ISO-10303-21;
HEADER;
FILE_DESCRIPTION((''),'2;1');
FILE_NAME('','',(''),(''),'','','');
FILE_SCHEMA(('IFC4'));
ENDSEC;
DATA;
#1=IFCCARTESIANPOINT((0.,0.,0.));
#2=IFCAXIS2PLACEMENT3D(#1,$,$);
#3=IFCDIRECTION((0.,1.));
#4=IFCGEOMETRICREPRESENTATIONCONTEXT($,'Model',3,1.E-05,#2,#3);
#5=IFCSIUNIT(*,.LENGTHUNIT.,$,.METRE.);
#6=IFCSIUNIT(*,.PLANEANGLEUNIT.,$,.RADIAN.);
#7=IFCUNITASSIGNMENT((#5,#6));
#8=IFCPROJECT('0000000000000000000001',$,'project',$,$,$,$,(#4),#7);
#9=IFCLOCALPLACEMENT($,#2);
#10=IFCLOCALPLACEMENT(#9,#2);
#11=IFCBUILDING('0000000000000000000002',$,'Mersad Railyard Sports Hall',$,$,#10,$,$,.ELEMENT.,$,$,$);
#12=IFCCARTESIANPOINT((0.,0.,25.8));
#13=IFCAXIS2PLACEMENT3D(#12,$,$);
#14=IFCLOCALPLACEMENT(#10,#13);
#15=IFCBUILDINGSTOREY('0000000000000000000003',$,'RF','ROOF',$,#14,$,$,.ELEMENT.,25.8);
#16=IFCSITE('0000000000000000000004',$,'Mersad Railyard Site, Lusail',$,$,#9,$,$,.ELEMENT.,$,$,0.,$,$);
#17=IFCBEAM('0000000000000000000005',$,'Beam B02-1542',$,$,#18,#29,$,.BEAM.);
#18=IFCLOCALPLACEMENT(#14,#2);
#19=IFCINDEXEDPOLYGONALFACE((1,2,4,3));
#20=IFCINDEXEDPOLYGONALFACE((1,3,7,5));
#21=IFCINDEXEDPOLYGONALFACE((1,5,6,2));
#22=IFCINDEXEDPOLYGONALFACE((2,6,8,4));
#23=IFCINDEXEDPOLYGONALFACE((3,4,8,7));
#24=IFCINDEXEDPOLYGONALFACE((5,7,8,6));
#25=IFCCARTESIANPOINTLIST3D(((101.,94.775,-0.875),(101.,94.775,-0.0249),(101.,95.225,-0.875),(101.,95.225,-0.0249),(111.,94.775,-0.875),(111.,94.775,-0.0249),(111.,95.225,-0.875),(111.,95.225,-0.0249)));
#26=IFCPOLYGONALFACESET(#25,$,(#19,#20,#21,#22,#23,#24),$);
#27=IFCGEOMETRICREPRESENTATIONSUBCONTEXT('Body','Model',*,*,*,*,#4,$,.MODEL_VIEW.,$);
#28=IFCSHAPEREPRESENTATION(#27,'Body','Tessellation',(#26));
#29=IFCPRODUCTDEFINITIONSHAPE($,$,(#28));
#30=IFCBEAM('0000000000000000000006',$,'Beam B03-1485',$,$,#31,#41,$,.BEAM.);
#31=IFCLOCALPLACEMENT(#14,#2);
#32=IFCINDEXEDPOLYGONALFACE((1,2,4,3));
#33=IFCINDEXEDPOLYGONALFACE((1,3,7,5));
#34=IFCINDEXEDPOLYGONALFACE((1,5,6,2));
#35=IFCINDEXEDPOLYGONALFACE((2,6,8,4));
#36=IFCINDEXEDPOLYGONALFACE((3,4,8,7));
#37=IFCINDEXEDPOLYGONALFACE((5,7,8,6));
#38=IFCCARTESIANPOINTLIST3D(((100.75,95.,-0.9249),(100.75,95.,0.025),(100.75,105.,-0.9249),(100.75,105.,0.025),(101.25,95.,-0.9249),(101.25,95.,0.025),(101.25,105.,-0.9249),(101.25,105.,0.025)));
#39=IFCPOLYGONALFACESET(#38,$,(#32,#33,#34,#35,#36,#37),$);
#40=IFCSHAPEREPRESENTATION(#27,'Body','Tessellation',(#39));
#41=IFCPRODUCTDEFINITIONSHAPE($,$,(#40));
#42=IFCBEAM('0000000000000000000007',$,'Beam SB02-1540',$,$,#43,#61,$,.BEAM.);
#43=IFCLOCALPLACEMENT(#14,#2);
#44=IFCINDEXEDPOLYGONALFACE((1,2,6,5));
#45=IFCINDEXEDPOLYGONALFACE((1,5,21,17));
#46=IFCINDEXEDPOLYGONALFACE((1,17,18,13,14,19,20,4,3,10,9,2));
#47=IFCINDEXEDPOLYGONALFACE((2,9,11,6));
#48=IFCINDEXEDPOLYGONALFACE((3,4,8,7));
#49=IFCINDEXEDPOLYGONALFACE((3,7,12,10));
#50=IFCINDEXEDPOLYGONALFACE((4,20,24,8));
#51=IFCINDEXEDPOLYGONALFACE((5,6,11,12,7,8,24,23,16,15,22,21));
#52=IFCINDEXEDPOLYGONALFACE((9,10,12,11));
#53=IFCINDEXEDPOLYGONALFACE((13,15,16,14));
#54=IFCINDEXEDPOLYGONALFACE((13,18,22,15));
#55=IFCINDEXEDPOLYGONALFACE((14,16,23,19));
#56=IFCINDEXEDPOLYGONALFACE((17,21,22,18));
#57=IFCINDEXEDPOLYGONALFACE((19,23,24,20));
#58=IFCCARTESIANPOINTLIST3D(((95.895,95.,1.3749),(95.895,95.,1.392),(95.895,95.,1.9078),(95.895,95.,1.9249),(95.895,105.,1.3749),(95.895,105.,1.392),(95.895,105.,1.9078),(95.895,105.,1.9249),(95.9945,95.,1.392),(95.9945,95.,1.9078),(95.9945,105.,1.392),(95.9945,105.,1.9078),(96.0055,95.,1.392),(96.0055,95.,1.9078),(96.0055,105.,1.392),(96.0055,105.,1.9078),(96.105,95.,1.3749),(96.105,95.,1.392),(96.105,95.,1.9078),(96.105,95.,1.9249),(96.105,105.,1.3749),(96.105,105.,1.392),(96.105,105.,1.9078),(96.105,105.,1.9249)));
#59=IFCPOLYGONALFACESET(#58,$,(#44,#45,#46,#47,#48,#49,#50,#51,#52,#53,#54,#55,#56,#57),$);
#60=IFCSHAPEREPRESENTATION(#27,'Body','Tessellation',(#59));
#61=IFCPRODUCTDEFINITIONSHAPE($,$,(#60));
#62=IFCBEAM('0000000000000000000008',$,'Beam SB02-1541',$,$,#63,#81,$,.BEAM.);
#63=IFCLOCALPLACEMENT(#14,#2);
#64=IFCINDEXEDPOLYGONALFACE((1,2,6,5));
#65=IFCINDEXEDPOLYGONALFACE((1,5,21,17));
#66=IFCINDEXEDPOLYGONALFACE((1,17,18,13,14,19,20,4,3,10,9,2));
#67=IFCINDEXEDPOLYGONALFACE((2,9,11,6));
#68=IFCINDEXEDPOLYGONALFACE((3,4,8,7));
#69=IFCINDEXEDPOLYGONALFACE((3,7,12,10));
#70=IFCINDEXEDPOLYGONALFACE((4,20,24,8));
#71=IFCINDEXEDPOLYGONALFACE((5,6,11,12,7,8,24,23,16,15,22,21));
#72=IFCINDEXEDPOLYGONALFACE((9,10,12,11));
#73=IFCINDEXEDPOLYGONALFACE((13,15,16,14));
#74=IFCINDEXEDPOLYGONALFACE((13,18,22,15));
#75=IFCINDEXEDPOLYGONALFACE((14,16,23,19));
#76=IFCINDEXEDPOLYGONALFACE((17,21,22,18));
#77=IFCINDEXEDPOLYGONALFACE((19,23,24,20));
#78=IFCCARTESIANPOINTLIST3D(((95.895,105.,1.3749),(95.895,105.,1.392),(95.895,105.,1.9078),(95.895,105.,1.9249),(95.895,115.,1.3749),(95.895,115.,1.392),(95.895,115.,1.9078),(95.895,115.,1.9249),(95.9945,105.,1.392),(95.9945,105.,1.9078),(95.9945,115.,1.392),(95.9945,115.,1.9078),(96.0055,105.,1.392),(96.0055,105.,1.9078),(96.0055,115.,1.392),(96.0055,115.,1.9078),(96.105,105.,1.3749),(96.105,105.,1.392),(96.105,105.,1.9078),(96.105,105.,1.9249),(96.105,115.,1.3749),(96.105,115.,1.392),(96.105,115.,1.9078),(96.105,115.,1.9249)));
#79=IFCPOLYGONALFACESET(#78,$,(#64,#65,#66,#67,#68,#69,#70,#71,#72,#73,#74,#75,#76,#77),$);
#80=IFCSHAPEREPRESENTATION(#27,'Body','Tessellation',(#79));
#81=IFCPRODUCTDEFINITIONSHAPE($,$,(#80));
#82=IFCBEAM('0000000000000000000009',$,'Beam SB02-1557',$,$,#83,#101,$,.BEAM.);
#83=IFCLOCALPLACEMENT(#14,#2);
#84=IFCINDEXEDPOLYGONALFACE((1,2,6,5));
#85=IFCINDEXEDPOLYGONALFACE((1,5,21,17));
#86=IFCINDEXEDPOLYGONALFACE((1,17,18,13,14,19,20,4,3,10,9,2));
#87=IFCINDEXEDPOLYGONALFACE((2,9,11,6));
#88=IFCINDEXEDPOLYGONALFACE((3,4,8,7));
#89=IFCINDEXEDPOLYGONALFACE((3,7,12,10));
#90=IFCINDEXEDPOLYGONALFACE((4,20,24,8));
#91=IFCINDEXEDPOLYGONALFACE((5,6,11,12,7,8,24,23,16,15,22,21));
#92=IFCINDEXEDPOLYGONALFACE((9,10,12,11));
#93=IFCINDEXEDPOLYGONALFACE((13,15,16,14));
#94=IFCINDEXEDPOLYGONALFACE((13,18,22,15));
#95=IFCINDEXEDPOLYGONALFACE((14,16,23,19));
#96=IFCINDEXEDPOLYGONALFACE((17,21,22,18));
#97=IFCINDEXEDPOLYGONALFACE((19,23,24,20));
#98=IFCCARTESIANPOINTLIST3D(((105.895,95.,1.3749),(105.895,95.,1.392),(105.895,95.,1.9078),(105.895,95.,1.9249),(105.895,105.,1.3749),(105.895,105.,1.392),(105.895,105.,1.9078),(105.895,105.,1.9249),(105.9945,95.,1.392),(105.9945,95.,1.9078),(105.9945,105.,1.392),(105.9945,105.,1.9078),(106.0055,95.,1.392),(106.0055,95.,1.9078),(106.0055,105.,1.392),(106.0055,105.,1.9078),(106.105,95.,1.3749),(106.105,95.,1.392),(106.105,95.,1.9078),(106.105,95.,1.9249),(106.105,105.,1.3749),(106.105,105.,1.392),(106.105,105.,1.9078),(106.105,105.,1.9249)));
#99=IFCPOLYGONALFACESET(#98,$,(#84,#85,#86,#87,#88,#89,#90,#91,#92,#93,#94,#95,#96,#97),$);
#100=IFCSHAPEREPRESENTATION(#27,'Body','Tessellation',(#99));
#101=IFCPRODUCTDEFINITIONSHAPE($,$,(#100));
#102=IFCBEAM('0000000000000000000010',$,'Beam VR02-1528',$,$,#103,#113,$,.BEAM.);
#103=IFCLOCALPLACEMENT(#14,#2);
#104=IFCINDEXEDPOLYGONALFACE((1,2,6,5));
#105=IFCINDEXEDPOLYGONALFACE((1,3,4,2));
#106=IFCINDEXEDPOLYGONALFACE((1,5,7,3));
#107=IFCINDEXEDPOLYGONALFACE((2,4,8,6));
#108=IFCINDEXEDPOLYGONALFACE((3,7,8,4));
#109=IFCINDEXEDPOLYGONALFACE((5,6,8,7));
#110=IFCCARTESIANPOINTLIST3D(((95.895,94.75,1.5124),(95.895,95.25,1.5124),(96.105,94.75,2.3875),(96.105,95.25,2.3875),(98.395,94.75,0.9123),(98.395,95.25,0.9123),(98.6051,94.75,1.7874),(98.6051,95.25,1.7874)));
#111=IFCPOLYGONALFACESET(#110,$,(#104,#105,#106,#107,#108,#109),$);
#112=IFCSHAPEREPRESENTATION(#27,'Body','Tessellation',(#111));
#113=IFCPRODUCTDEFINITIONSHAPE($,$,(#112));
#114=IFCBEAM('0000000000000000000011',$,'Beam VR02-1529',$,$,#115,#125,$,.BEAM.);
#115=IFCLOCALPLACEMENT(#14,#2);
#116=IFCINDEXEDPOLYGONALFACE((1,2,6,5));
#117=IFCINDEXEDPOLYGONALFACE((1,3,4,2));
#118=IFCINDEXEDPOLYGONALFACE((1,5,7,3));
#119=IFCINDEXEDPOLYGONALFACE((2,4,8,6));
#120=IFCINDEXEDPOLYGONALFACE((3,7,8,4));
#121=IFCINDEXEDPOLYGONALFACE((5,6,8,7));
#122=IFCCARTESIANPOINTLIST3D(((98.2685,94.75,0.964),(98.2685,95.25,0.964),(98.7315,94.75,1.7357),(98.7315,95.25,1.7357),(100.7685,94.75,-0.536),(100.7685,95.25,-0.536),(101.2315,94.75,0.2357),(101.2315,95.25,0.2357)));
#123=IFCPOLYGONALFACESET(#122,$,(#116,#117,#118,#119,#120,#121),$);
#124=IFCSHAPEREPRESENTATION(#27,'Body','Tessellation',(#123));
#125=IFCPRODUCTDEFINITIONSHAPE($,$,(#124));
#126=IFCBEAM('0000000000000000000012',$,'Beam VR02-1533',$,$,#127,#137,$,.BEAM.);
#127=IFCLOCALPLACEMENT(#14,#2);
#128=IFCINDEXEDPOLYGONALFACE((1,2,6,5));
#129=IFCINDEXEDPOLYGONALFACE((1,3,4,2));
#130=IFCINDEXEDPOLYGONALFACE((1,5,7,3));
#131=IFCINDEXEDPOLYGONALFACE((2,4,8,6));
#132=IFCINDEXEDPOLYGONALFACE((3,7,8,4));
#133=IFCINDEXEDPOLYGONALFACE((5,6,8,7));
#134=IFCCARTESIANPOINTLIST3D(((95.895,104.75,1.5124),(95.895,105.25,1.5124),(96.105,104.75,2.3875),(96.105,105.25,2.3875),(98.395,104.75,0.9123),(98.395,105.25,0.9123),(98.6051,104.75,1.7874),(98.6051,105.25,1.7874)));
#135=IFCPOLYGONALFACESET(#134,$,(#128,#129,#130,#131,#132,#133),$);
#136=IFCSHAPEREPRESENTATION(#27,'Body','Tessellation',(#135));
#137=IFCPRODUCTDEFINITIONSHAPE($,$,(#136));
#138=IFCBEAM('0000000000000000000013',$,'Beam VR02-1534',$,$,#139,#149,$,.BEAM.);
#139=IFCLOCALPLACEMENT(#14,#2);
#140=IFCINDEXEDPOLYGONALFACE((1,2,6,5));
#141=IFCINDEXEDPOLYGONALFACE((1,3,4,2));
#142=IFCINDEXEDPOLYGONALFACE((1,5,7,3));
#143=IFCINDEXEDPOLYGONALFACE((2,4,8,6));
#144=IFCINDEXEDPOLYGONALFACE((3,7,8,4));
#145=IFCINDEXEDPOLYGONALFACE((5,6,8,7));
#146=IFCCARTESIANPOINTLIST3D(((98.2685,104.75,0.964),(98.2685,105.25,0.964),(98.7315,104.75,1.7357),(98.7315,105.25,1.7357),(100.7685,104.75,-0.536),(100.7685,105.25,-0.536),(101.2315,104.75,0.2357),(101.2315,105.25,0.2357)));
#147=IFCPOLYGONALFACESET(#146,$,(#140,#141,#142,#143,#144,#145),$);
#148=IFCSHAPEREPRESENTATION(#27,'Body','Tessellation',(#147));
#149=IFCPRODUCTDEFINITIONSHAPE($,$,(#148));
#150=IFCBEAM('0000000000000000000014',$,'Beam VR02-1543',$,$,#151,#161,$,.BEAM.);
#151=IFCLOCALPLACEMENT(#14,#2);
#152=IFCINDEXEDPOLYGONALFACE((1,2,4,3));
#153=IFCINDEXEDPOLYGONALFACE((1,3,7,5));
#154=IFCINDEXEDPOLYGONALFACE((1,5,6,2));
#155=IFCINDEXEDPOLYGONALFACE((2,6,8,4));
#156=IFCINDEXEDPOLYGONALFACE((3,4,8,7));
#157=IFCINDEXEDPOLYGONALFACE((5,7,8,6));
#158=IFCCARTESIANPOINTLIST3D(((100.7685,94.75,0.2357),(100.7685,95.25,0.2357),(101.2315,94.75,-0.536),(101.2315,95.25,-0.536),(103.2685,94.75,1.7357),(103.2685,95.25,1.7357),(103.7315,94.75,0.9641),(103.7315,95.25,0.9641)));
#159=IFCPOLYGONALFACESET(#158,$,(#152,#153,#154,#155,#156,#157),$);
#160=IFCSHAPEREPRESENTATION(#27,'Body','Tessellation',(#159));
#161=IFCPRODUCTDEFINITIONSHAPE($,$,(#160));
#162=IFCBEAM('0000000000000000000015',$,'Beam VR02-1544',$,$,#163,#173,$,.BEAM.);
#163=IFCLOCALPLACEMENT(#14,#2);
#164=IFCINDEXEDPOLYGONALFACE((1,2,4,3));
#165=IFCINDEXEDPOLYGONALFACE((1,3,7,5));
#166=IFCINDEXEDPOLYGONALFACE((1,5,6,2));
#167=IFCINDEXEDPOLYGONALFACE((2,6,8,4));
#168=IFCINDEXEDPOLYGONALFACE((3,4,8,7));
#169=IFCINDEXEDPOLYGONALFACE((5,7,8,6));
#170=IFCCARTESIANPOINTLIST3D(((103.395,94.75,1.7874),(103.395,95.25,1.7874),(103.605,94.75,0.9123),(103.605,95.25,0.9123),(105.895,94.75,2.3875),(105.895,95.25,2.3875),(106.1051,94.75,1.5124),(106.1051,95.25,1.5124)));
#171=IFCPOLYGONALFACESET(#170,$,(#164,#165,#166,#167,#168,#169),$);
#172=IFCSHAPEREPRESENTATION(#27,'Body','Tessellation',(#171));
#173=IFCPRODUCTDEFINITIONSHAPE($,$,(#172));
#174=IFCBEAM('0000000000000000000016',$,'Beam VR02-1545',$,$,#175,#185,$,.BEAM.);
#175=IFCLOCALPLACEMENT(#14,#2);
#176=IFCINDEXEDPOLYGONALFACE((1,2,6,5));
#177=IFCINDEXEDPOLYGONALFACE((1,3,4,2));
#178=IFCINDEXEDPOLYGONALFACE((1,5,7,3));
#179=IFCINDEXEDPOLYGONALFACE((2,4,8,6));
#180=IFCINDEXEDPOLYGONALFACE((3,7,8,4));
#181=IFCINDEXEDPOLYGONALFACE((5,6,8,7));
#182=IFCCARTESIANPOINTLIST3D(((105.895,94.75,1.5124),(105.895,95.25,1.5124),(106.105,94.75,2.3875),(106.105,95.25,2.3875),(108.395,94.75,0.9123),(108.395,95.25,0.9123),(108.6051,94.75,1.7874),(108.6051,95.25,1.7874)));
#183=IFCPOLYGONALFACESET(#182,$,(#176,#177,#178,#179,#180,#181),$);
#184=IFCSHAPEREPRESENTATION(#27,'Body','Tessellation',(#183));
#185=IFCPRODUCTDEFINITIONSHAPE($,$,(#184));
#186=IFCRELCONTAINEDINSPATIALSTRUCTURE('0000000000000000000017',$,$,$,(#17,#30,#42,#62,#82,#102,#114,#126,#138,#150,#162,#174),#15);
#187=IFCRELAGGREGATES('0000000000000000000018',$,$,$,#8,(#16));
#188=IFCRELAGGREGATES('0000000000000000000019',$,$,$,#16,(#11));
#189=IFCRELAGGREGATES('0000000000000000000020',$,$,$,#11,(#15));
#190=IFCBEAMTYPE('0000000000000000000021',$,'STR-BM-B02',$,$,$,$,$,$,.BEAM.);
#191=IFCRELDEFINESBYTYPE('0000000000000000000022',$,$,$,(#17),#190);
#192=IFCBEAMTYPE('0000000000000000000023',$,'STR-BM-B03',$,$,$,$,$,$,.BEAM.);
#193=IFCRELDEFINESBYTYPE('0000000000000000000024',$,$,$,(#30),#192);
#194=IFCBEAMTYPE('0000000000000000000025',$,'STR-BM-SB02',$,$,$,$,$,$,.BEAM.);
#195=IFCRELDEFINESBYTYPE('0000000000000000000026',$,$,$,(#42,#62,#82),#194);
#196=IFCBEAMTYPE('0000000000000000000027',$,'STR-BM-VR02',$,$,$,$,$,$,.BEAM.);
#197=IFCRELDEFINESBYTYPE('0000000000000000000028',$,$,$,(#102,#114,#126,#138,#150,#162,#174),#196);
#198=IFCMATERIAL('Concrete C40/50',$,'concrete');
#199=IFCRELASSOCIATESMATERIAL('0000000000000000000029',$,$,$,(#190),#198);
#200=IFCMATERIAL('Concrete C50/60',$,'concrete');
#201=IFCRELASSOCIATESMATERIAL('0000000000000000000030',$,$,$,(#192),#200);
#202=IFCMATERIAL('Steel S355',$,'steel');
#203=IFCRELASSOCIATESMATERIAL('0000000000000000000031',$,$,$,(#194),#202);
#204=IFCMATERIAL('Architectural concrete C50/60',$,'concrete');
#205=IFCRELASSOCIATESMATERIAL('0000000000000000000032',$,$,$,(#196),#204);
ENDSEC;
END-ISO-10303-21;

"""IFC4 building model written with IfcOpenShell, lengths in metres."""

from ifc_helpers import new_model, si_unit, direction, frame, origin, origin_2d, place, context, subcontext, project, spatial, rectangle, i_section, extrude, material, material_profile, profile_set, type_object, element, save


model = new_model("IFC4")

# Units and contexts
model_context = context("Model", 3, precision=1e-05, world=origin(), true_north=direction((0.0, 1.0)))
body_context = subcontext(model_context, "Body", "Model", "MODEL_VIEW")
ifc_project = project(units=[si_unit("LENGTHUNIT", "METRE"), si_unit("PLANEANGLEUNIT", "RADIAN")], contexts=[model_context])

# Site, building, storey
site_placement = place(None, origin())
site = spatial("IfcSite", under=ifc_project, at=site_placement, Name="Mersad Railyard Site, Lusail", CompositionType="ELEMENT", RefElevation=0.0)
building_placement = place(site_placement, origin())
building = spatial("IfcBuilding", under=site, at=building_placement, Name="Mersad Railyard Sports Hall", CompositionType="ELEMENT")
storey_placement = place(building_placement, frame((0.0, 0.0, 25.8)))
storey = spatial("IfcBuildingStorey", under=building, at=storey_placement, Name="RF", Description="ROOF", CompositionType="ELEMENT", Elevation=25.8)

# Beams
ifc_material_1 = material(Name="Concrete C40/50", Category="concrete")
ifc_material_profile_1 = material_profile(ifc_material_1, rectangle(XDim=0.45, YDim=0.8501, at=origin_2d()), Name="RC 450x850")
ifc_profile_set_1 = profile_set([ifc_material_profile_1], Name="Concrete C40/50")
beam_type_1 = type_object("IfcBeamType", Name="STR-BM-B02", PredefinedType="BEAM", material=ifc_profile_set_1)
beam_1_placement = place(storey_placement, frame((101.0, 95.0, -0.45), z_axis=(1.0, 0.0, 0.0), x_axis=(0.0, 1.0, 0.0)))
element("IfcBeam", 1, at=beam_1_placement, inside=storey, type_object=beam_type_1, Name="Beam B02-1542", PredefinedType="BEAM", context=body_context, shape_type="SweptSolid", body=[
    extrude(rectangle(XDim=0.45, YDim=0.8501, at=origin_2d()), origin(), (0.0, 0.0, 1.0), 10.0),
])
ifc_material_2 = material(Name="Concrete C50/60", Category="concrete")
ifc_material_profile_2 = material_profile(ifc_material_2, rectangle(XDim=0.5, YDim=0.95, at=origin_2d()), Name="RC 500x950")
ifc_profile_set_2 = profile_set([ifc_material_profile_2], Name="Concrete C50/60")
beam_type_2 = type_object("IfcBeamType", Name="STR-BM-B03", PredefinedType="BEAM", material=ifc_profile_set_2)
beam_2_placement = place(storey_placement, frame((101.0, 95.0, -0.45), z_axis=(0.0, 1.0, 0.0), x_axis=(-1.0, 0.0, 0.0)))
element("IfcBeam", 2, at=beam_2_placement, inside=storey, type_object=beam_type_2, Name="Beam B03-1485", PredefinedType="BEAM", context=body_context, shape_type="SweptSolid", body=[
    extrude(rectangle(XDim=0.5, YDim=0.95, at=origin_2d()), origin(), (0.0, 0.0, 1.0), 10.0),
])
ifc_material_3 = material(Name="Steel S355", Category="steel")
ifc_material_profile_3 = material_profile(ifc_material_3, i_section(OverallWidth=0.21, OverallDepth=0.55, WebThickness=0.011, FlangeThickness=0.0171, at=origin_2d()), Name="IPE 550")
ifc_profile_set_3 = profile_set([ifc_material_profile_3], Name="Steel S355")
beam_type_3 = type_object("IfcBeamType", Name="STR-BM-SB02", PredefinedType="BEAM", material=ifc_profile_set_3)
for number, where, z_axis, x_axis, name in (
    (3, (96.0, 95.0, 1.6499), (0.0, 1.0, 0.0), (-1.0, 0.0, 0.0), "Beam SB02-1540"),
    (4, (96.0, 105.0, 1.6499), (0.0, 1.0, 0.0), (-1.0, 0.0, 0.0), "Beam SB02-1541"),
    (5, (106.0, 95.0, 1.6499), (0.0, 1.0, 0.0), (-1.0, 0.0, 0.0), "Beam SB02-1557"),
):
    element("IfcBeam", number, at=place(storey_placement, frame(where, z_axis=z_axis, x_axis=x_axis)), inside=storey, type_object=beam_type_3, Name=name, PredefinedType="BEAM", context=body_context, shape_type="SweptSolid", body=[
        extrude(i_section(OverallWidth=0.21, OverallDepth=0.55, WebThickness=0.011, FlangeThickness=0.0171, at=origin_2d()), origin(), (0.0, 0.0, 1.0), 10.0),
    ])
ifc_material_4 = material(Name="Architectural concrete C50/60", Category="concrete")
ifc_material_profile_4 = material_profile(ifc_material_4, rectangle(XDim=0.5, YDim=0.8999, at=origin_2d()), Name="VR 500x900")
ifc_profile_set_4 = profile_set([ifc_material_profile_4], Name="Architectural concrete C50/60")
beam_type_4 = type_object("IfcBeamType", Name="STR-BM-VR02", PredefinedType="BEAM", material=ifc_profile_set_4)
beam_3_placement = place(storey_placement, frame((96.0, 95.0, 1.95), z_axis=(0.972379, 0.0, -0.233409), x_axis=(0.0, 1.0, 0.0)))
element("IfcBeam", 6, at=beam_3_placement, inside=storey, type_object=beam_type_4, Name="Beam VR02-1528", PredefinedType="BEAM", context=body_context, shape_type="SweptSolid", body=[
    extrude(rectangle(XDim=0.5, YDim=0.8999, at=origin_2d()), origin(), (0.0, 0.0, 1.0), 2.571),
])
beam_4_placement = place(storey_placement, frame((98.5, 95.0, 1.3499), z_axis=(0.857493, 0.0, -0.514496), x_axis=(0.0, 1.0, 0.0)))
element("IfcBeam", 7, at=beam_4_placement, inside=storey, type_object=beam_type_4, Name="Beam VR02-1529", PredefinedType="BEAM", context=body_context, shape_type="SweptSolid", body=[
    extrude(rectangle(XDim=0.5, YDim=0.8999, at=origin_2d()), origin(), (0.0, 0.0, 1.0), 2.9155),
])
beam_5_placement = place(storey_placement, frame((96.0, 105.0, 1.95), z_axis=(0.972379, 0.0, -0.233409), x_axis=(0.0, 1.0, 0.0)))
element("IfcBeam", 8, at=beam_5_placement, inside=storey, type_object=beam_type_4, Name="Beam VR02-1533", PredefinedType="BEAM", context=body_context, shape_type="SweptSolid", body=[
    extrude(rectangle(XDim=0.5, YDim=0.8999, at=origin_2d()), origin(), (0.0, 0.0, 1.0), 2.571),
])
for number, where, z_axis, x_axis, name in (
    (9, (98.5, 105.0, 1.3499), (0.857493, 0.0, -0.514496), (0.0, 1.0, 0.0), "Beam VR02-1534"),
    (10, (101.0, 95.0, -0.1501), (0.857493, 0.0, 0.514496), (0.0, 1.0, 0.0), "Beam VR02-1543"),
):
    element("IfcBeam", number, at=place(storey_placement, frame(where, z_axis=z_axis, x_axis=x_axis)), inside=storey, type_object=beam_type_4, Name=name, PredefinedType="BEAM", context=body_context, shape_type="SweptSolid", body=[
        extrude(rectangle(XDim=0.5, YDim=0.8999, at=origin_2d()), origin(), (0.0, 0.0, 1.0), 2.9155),
    ])
for number, where, z_axis, x_axis, name in (
    (11, (103.5, 95.0, 1.3499), (0.972379, 0.0, 0.233409), (0.0, 1.0, 0.0), "Beam VR02-1544"),
    (12, (106.0, 95.0, 1.95), (0.972379, 0.0, -0.233409), (0.0, 1.0, 0.0), "Beam VR02-1545"),
):
    element("IfcBeam", number, at=place(storey_placement, frame(where, z_axis=z_axis, x_axis=x_axis)), inside=storey, type_object=beam_type_4, Name=name, PredefinedType="BEAM", context=body_context, shape_type="SweptSolid", body=[
        extrude(rectangle(XDim=0.5, YDim=0.8999, at=origin_2d()), origin(), (0.0, 0.0, 1.0), 2.571),
    ])

save(model, "model.ifc")
